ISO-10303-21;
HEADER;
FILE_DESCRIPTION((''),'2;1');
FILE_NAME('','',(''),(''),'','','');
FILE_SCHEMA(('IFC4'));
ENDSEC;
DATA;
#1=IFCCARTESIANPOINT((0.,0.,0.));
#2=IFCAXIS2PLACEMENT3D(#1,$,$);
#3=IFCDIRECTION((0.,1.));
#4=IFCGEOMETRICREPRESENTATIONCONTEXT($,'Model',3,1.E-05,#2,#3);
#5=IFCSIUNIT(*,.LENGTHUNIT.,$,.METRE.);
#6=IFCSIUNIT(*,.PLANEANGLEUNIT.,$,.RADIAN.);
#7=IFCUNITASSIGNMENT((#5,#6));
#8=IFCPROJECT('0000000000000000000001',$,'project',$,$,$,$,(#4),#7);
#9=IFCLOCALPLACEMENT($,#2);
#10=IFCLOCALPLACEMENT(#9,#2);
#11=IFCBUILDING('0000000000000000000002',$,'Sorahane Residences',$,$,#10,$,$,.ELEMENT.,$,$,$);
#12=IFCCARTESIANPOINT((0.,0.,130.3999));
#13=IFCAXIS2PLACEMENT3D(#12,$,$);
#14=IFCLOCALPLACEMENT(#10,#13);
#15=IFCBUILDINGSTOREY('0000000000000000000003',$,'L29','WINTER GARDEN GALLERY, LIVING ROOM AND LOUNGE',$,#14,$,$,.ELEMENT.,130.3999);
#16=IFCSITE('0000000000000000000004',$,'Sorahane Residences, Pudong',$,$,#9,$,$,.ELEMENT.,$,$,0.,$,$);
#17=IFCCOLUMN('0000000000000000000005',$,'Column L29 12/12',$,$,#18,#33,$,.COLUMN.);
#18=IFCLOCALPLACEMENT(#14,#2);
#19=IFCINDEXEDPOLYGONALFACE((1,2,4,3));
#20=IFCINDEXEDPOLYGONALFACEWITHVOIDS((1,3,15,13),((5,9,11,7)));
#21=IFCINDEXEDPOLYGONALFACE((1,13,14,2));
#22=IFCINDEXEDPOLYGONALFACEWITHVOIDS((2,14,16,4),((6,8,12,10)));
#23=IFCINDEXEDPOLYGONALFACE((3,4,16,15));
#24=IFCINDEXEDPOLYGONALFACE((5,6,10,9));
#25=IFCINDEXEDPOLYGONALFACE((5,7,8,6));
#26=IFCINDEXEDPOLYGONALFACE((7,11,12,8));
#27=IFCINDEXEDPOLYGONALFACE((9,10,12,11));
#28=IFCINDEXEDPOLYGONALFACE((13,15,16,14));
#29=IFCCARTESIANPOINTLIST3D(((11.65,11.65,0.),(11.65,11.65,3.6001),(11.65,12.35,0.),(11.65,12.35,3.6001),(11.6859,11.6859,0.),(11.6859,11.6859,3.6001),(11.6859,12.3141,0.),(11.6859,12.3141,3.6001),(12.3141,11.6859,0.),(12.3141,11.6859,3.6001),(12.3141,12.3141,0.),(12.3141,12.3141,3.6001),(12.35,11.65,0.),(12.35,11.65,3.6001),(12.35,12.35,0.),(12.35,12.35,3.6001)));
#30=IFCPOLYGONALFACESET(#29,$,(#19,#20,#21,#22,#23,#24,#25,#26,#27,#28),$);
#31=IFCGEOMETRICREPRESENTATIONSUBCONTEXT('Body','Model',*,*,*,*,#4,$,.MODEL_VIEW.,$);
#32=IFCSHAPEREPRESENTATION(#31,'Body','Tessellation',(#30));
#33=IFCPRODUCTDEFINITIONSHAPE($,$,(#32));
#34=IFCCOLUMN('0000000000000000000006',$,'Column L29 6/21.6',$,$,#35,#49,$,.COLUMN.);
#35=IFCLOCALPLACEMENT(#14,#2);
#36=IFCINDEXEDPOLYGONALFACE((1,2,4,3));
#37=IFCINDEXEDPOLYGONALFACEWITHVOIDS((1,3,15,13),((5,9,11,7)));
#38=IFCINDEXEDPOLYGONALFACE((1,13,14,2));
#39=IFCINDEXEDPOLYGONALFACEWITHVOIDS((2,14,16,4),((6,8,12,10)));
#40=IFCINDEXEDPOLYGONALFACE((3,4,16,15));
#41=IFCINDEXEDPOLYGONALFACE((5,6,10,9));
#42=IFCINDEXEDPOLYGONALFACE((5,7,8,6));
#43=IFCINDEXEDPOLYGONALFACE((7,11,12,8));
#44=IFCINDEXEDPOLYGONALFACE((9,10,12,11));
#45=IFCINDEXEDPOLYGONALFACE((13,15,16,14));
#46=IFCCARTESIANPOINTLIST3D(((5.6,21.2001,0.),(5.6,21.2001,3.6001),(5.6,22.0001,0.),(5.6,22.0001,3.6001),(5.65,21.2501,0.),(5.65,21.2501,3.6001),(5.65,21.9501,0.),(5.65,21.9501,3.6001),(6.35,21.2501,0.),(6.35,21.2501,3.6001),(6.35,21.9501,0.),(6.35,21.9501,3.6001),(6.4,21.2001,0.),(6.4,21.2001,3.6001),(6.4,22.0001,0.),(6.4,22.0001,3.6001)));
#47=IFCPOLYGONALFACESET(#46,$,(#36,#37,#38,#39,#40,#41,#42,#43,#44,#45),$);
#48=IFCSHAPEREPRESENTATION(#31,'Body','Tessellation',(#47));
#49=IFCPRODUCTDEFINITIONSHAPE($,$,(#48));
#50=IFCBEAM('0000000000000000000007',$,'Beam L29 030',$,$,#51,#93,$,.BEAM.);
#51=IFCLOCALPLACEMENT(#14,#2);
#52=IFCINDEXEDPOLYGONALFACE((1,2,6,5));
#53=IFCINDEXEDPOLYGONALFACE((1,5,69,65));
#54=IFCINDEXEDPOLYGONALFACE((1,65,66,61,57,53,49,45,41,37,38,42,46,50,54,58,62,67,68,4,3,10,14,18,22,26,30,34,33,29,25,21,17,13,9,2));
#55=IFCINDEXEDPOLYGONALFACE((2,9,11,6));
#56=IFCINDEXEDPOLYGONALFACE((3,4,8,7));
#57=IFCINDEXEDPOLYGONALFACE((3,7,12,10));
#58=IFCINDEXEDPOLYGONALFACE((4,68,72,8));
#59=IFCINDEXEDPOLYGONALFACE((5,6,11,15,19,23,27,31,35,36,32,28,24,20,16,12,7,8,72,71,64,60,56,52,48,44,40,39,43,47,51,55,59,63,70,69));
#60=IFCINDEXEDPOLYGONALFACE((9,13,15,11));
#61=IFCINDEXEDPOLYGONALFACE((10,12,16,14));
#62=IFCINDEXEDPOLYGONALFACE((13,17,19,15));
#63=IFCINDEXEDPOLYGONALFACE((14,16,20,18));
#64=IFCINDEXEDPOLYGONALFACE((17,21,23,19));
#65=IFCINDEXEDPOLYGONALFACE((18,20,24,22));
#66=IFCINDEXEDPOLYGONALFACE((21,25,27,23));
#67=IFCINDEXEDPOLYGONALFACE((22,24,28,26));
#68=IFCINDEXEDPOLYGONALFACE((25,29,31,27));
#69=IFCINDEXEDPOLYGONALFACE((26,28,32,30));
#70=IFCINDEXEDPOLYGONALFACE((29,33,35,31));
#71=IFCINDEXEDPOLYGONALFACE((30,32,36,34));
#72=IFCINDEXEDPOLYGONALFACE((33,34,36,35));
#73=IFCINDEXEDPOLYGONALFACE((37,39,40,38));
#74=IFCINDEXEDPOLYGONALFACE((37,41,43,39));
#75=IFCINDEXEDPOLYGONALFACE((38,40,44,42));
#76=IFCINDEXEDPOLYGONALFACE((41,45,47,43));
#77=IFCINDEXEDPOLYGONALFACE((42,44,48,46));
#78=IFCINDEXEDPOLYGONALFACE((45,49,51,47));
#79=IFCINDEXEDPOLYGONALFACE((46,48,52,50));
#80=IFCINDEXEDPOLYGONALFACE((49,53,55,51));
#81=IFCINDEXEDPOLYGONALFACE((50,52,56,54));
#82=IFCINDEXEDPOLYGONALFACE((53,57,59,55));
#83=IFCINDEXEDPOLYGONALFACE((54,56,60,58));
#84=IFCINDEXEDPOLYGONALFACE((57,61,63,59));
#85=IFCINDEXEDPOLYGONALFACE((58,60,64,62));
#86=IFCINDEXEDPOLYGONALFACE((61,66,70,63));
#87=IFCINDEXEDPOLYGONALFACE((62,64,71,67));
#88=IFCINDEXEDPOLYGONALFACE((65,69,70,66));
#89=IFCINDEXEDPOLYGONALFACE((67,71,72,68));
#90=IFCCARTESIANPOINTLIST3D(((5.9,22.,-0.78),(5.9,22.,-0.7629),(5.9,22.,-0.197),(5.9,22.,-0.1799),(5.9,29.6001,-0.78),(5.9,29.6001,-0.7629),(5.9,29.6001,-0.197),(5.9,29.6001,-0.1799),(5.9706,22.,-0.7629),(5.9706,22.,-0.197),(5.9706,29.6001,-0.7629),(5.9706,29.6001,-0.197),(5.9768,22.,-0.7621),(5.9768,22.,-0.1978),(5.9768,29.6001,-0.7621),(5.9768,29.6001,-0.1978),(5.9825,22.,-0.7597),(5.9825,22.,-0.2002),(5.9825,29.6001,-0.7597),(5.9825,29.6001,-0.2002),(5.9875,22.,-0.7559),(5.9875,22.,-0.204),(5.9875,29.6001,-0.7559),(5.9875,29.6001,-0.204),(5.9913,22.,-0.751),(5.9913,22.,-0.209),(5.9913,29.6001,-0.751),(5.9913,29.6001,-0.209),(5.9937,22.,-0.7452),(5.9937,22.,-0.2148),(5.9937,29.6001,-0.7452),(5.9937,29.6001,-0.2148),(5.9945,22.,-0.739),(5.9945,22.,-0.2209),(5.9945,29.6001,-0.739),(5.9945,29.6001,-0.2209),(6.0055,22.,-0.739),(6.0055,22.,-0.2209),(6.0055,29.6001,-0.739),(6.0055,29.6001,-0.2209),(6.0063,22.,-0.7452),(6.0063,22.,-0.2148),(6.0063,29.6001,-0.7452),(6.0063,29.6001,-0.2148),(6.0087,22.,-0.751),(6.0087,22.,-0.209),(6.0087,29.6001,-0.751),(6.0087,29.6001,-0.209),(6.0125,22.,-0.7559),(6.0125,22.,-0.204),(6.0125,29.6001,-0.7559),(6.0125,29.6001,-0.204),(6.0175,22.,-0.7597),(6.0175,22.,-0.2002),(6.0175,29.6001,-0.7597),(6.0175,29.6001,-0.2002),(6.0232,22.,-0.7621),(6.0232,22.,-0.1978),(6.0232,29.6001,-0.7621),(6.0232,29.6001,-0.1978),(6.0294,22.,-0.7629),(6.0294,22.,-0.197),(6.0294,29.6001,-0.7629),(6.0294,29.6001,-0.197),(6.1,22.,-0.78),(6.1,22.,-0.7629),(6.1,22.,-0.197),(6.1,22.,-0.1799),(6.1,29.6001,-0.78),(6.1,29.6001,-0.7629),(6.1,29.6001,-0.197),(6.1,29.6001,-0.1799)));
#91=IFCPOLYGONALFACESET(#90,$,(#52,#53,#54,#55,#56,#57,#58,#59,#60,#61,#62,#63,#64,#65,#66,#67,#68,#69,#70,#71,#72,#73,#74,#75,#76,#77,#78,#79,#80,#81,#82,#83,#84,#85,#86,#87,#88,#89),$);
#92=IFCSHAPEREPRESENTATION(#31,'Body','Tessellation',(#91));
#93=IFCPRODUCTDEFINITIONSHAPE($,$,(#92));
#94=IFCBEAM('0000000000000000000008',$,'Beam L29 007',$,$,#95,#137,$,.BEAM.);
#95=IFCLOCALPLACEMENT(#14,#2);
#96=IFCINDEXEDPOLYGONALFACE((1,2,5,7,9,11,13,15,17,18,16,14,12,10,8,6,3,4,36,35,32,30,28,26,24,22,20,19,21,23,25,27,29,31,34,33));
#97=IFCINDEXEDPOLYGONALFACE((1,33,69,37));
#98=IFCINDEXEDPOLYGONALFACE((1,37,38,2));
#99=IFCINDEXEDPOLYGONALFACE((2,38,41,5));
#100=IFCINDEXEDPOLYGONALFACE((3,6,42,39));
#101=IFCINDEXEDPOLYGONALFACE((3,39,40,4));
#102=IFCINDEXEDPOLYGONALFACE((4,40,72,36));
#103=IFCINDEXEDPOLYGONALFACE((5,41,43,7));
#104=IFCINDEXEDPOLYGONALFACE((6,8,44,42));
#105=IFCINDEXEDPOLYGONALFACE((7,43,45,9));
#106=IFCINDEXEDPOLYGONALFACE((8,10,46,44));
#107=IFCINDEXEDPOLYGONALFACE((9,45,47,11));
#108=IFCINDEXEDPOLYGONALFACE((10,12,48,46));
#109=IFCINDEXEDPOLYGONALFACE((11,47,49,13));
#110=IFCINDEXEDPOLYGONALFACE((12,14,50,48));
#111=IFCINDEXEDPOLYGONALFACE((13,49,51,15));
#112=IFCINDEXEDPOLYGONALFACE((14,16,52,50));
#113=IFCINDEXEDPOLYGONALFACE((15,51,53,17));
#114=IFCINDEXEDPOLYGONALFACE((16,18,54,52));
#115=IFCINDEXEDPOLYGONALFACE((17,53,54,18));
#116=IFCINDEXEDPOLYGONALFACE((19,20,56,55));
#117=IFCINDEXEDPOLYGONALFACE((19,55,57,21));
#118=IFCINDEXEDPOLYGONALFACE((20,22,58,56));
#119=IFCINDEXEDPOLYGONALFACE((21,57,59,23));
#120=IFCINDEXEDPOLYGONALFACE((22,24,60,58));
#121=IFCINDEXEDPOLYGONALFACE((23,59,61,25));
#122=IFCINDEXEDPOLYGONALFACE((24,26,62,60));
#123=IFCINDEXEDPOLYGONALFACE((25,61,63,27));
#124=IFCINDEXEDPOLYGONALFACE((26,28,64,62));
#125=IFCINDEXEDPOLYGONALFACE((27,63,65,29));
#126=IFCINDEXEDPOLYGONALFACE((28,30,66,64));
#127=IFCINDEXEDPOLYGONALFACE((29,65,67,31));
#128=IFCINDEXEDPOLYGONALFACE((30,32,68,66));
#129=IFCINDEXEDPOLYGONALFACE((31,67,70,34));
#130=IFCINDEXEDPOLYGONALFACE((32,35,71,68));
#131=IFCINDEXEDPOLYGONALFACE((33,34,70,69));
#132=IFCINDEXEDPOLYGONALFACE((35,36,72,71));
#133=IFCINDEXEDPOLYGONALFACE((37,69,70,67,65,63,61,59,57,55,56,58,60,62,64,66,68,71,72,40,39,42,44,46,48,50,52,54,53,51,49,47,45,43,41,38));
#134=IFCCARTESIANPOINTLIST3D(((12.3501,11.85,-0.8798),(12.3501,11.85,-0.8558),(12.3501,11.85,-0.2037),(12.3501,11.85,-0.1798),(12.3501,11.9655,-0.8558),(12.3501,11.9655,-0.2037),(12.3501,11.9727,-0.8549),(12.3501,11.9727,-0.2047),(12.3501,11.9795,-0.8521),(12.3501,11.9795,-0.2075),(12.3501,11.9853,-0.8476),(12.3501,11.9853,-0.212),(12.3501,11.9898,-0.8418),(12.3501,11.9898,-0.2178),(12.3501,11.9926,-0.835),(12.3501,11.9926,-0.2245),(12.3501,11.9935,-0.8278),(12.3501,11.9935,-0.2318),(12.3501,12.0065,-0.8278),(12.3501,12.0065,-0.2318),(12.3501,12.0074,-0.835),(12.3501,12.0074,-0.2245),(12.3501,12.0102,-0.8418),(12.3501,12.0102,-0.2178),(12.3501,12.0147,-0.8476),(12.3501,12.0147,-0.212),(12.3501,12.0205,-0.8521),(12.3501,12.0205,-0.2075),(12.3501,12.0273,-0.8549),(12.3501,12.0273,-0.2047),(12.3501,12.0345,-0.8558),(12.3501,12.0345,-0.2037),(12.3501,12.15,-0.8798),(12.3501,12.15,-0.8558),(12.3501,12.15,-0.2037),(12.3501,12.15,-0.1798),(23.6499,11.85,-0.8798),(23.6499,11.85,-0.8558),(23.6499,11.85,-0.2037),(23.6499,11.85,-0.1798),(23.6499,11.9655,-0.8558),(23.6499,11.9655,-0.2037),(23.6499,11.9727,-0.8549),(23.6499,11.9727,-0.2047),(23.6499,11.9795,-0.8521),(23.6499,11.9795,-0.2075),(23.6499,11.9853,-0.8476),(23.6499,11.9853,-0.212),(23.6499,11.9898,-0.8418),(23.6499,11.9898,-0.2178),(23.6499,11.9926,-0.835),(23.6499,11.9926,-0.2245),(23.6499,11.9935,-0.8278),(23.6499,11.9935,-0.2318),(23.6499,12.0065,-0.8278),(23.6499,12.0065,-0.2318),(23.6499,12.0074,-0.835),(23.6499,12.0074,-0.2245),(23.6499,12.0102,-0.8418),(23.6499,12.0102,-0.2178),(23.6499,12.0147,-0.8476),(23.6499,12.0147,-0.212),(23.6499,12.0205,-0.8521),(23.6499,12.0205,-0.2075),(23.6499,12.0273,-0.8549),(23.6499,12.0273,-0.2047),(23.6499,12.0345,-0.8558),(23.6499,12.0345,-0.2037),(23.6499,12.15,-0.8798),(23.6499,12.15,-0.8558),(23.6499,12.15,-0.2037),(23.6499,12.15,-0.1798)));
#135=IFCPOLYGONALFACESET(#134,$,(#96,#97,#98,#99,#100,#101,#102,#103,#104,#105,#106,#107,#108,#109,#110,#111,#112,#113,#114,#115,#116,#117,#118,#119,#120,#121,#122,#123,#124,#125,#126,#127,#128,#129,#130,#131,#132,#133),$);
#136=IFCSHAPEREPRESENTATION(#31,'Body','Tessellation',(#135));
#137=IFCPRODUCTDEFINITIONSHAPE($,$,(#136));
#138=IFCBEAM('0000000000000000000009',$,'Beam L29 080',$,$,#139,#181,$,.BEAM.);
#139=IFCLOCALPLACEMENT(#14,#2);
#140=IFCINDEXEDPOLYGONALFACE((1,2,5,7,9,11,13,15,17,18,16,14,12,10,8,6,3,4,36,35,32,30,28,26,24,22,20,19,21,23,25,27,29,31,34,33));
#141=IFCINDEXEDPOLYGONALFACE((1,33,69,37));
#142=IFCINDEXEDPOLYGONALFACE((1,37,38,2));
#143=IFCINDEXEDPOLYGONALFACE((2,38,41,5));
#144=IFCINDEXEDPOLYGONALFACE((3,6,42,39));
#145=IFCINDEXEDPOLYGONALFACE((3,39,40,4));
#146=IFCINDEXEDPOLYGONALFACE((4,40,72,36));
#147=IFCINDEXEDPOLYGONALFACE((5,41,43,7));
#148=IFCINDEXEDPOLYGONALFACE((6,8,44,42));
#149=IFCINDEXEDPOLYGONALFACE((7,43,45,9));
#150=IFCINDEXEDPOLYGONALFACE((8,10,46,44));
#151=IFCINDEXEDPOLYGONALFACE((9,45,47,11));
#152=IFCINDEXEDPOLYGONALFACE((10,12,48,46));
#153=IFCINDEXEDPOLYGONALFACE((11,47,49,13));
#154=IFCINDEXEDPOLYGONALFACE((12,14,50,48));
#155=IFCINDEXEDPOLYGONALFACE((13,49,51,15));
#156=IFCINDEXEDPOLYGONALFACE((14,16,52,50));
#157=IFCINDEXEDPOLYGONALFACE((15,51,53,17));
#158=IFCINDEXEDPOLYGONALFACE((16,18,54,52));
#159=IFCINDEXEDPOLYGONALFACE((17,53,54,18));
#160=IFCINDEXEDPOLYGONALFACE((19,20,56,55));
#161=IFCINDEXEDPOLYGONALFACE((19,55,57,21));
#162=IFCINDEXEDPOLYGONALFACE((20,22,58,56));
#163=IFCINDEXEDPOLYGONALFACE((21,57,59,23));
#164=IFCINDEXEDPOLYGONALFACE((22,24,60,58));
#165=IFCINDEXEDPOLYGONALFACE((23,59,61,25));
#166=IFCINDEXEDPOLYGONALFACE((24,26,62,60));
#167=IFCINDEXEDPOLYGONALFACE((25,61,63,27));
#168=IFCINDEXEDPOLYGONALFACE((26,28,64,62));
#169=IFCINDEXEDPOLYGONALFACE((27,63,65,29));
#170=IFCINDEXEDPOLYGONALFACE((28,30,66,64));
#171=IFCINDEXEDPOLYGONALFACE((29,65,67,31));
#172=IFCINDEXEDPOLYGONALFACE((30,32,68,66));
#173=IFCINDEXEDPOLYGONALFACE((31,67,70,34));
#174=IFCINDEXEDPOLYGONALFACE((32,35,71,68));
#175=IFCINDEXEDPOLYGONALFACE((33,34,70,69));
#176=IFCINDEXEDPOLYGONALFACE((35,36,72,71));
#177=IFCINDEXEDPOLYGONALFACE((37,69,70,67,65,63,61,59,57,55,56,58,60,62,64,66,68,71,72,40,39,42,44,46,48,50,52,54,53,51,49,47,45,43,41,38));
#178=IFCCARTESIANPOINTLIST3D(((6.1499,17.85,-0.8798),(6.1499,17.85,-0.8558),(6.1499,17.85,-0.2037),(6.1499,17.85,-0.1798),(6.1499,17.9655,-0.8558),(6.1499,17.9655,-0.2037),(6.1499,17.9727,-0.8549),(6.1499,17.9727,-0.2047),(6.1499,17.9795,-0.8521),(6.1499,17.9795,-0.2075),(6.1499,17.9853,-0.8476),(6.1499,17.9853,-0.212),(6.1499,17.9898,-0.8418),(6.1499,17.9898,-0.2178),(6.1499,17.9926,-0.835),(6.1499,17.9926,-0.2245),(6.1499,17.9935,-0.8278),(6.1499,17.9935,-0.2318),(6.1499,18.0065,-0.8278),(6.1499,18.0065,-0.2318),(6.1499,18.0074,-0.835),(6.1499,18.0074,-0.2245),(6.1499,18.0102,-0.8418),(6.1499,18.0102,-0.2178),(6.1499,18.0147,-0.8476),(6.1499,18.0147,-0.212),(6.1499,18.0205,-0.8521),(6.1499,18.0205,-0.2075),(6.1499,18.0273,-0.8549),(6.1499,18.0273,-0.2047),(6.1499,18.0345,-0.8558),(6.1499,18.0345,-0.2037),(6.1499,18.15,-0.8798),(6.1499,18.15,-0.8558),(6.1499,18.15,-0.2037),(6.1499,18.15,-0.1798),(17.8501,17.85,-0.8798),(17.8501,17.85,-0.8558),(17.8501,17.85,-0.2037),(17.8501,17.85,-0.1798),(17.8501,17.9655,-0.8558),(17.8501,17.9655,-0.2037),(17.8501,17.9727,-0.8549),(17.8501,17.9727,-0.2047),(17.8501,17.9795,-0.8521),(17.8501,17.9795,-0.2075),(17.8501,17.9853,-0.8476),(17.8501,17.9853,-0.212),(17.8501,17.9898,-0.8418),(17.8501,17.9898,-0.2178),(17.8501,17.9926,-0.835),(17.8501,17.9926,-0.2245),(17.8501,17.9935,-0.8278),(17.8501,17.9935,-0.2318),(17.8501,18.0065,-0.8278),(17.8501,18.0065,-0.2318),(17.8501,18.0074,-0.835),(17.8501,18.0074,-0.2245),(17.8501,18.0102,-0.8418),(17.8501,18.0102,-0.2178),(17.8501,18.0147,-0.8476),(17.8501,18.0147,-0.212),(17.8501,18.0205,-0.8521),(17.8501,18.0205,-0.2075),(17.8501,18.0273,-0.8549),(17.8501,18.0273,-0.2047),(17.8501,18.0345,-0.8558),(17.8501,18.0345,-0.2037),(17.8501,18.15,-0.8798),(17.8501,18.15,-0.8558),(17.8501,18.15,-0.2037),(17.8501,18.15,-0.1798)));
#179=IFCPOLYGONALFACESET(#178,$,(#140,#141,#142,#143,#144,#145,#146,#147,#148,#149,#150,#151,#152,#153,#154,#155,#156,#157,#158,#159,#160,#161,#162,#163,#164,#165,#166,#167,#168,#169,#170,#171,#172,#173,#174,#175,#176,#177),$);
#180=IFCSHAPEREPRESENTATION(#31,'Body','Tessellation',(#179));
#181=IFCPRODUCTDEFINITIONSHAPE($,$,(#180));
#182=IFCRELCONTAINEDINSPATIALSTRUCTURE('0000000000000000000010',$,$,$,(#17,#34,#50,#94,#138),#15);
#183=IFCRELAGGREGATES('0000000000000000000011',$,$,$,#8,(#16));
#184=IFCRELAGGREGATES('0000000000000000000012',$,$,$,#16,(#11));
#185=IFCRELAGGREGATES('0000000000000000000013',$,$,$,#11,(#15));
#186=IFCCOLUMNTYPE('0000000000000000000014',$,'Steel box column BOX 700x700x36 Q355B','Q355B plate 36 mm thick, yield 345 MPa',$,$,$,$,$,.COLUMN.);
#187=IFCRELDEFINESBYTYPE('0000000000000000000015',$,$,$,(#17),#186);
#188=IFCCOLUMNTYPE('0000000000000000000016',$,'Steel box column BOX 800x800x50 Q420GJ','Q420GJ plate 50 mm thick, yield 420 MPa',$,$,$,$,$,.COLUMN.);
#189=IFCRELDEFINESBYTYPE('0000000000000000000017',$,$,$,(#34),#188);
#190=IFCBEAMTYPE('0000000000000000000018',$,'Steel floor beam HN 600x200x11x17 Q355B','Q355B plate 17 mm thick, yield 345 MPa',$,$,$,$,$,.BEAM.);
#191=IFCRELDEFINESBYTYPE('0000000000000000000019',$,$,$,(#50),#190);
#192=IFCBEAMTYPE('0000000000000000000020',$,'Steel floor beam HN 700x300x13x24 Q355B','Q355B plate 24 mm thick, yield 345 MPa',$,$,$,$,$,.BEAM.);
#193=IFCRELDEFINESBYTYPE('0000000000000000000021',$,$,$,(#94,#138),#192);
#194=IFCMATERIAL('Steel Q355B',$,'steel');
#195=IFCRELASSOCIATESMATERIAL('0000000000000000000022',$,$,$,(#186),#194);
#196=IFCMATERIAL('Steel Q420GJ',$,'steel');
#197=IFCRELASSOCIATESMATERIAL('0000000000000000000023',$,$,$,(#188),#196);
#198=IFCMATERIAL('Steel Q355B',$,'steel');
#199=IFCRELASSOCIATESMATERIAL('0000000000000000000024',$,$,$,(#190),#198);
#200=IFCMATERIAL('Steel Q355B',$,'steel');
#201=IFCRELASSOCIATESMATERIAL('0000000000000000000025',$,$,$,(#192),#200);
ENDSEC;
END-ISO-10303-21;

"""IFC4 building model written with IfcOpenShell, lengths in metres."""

from ifc_helpers import new_model, si_unit, direction, frame, origin, origin_2d, place, context, subcontext, project, spatial, hollow_rectangle, i_section, extrude, material, material_profile, profile_set, type_object, element, save


model = new_model("IFC4")

# Units and contexts
model_context = context("Model", 3, precision=1e-05, world=origin(), true_north=direction((0.0, 1.0)))
body_context = subcontext(model_context, "Body", "Model", "MODEL_VIEW")
ifc_project = project(units=[si_unit("LENGTHUNIT", "METRE"), si_unit("PLANEANGLEUNIT", "RADIAN")], contexts=[model_context])

# Site, building, storey
site_placement = place(None, origin())
site = spatial("IfcSite", under=ifc_project, at=site_placement, Name="Sorahane Residences, Pudong", CompositionType="ELEMENT", RefElevation=0.0)
building_placement = place(site_placement, origin())
building = spatial("IfcBuilding", under=site, at=building_placement, Name="Sorahane Residences", CompositionType="ELEMENT")
storey_placement = place(building_placement, frame((0.0, 0.0, 130.3999)))
storey = spatial("IfcBuildingStorey", under=building, at=storey_placement, Name="L29", Description="WINTER GARDEN GALLERY, LIVING ROOM AND LOUNGE", CompositionType="ELEMENT", Elevation=130.3999)

# Columns
ifc_material_1 = material(Name="Steel Q355B", Category="steel")
ifc_material_profile_1 = material_profile(ifc_material_1, hollow_rectangle(XDim=0.7, YDim=0.7, WallThickness=0.0359, at=origin_2d()), Name="BOX 700x700x36")
ifc_profile_set_1 = profile_set([ifc_material_profile_1], Name="Steel Q355B")
column_type_1 = type_object("IfcColumnType", Name="Steel box column BOX 700x700x36 Q355B", Description="Q355B plate 36 mm thick, yield 345 MPa", PredefinedType="COLUMN", material=ifc_profile_set_1)
column_1_placement = place(storey_placement, frame((12.0, 12.0, 0.0), z_axis=(0.0, 0.0, 1.0), x_axis=(1.0, 0.0, 0.0)))
element("IfcColumn", 1, at=column_1_placement, inside=storey, type_object=column_type_1, Name="Column L29 12/12", PredefinedType="COLUMN", context=body_context, shape_type="SweptSolid", body=[
    extrude(hollow_rectangle(XDim=0.7, YDim=0.7, WallThickness=0.0359, at=origin_2d()), origin(), (0.0, 0.0, 1.0), 3.6001),
])
ifc_material_2 = material(Name="Steel Q420GJ", Category="steel")
ifc_material_profile_2 = material_profile(ifc_material_2, hollow_rectangle(XDim=0.8, YDim=0.8, WallThickness=0.05, at=origin_2d()), Name="BOX 800x800x50")
ifc_profile_set_2 = profile_set([ifc_material_profile_2], Name="Steel Q420GJ")
column_type_2 = type_object("IfcColumnType", Name="Steel box column BOX 800x800x50 Q420GJ", Description="Q420GJ plate 50 mm thick, yield 420 MPa", PredefinedType="COLUMN", material=ifc_profile_set_2)
column_2_placement = place(storey_placement, frame((6.0, 21.6001, 0.0), z_axis=(0.0, 0.0, 1.0), x_axis=(1.0, 0.0, 0.0)))
element("IfcColumn", 2, at=column_2_placement, inside=storey, type_object=column_type_2, Name="Column L29 6/21.6", PredefinedType="COLUMN", context=body_context, shape_type="SweptSolid", body=[
    extrude(hollow_rectangle(XDim=0.8, YDim=0.8, WallThickness=0.05, at=origin_2d()), origin(), (0.0, 0.0, 1.0), 3.6001),
])

# Beams
ifc_material_3 = material(Name="Steel Q355B", Category="steel")
ifc_material_profile_3 = material_profile(ifc_material_3, i_section(OverallWidth=0.2, OverallDepth=0.6001, WebThickness=0.011, FlangeThickness=0.0171, FilletRadius=0.0239, at=origin_2d()), Name="HN 600x200x11x17")
ifc_profile_set_3 = profile_set([ifc_material_profile_3], Name="Steel Q355B")
beam_type_1 = type_object("IfcBeamType", Name="Steel floor beam HN 600x200x11x17 Q355B", Description="Q355B plate 17 mm thick, yield 345 MPa", PredefinedType="BEAM", material=ifc_profile_set_3)
beam_1_placement = place(storey_placement, frame((6.0, 22.0, -0.48), z_axis=(0.0, 1.0, 0.0), x_axis=(-1.0, 0.0, 0.0)))
element("IfcBeam", 3, at=beam_1_placement, inside=storey, type_object=beam_type_1, Name="Beam L29 030", PredefinedType="BEAM", context=body_context, shape_type="SweptSolid", body=[
    extrude(i_section(OverallWidth=0.2, OverallDepth=0.6001, WebThickness=0.011, FlangeThickness=0.0171, FilletRadius=0.0239, at=origin_2d()), origin(), (0.0, 0.0, 1.0), 7.6001),
])
ifc_material_4 = material(Name="Steel Q355B", Category="steel")
ifc_material_profile_4 = material_profile(ifc_material_4, i_section(OverallWidth=0.3, OverallDepth=0.7, WebThickness=0.0129, FlangeThickness=0.0239, FilletRadius=0.0281, at=origin_2d()), Name="HN 700x300x13x24")
ifc_profile_set_4 = profile_set([ifc_material_profile_4], Name="Steel Q355B")
beam_type_2 = type_object("IfcBeamType", Name="Steel floor beam HN 700x300x13x24 Q355B", Description="Q355B plate 24 mm thick, yield 345 MPa", PredefinedType="BEAM", material=ifc_profile_set_4)
beam_2_placement = place(storey_placement, frame((12.3501, 12.0, -0.5298), z_axis=(1.0, 0.0, 0.0), x_axis=(0.0, 1.0, 0.0)))
element("IfcBeam", 4, at=beam_2_placement, inside=storey, type_object=beam_type_2, Name="Beam L29 007", PredefinedType="BEAM", context=body_context, shape_type="SweptSolid", body=[
    extrude(i_section(OverallWidth=0.3, OverallDepth=0.7, WebThickness=0.0129, FlangeThickness=0.0239, FilletRadius=0.0281, at=origin_2d()), origin(), (0.0, 0.0, 1.0), 11.2998),
])
beam_3_placement = place(storey_placement, frame((6.1499, 18.0, -0.5298), z_axis=(1.0, 0.0, 0.0), x_axis=(0.0, 1.0, 0.0)))
element("IfcBeam", 5, at=beam_3_placement, inside=storey, type_object=beam_type_2, Name="Beam L29 080", PredefinedType="BEAM", context=body_context, shape_type="SweptSolid", body=[
    extrude(i_section(OverallWidth=0.3, OverallDepth=0.7, WebThickness=0.0129, FlangeThickness=0.0239, FilletRadius=0.0281, at=origin_2d()), origin(), (0.0, 0.0, 1.0), 11.7002),
])

save(model, "model.ifc")
